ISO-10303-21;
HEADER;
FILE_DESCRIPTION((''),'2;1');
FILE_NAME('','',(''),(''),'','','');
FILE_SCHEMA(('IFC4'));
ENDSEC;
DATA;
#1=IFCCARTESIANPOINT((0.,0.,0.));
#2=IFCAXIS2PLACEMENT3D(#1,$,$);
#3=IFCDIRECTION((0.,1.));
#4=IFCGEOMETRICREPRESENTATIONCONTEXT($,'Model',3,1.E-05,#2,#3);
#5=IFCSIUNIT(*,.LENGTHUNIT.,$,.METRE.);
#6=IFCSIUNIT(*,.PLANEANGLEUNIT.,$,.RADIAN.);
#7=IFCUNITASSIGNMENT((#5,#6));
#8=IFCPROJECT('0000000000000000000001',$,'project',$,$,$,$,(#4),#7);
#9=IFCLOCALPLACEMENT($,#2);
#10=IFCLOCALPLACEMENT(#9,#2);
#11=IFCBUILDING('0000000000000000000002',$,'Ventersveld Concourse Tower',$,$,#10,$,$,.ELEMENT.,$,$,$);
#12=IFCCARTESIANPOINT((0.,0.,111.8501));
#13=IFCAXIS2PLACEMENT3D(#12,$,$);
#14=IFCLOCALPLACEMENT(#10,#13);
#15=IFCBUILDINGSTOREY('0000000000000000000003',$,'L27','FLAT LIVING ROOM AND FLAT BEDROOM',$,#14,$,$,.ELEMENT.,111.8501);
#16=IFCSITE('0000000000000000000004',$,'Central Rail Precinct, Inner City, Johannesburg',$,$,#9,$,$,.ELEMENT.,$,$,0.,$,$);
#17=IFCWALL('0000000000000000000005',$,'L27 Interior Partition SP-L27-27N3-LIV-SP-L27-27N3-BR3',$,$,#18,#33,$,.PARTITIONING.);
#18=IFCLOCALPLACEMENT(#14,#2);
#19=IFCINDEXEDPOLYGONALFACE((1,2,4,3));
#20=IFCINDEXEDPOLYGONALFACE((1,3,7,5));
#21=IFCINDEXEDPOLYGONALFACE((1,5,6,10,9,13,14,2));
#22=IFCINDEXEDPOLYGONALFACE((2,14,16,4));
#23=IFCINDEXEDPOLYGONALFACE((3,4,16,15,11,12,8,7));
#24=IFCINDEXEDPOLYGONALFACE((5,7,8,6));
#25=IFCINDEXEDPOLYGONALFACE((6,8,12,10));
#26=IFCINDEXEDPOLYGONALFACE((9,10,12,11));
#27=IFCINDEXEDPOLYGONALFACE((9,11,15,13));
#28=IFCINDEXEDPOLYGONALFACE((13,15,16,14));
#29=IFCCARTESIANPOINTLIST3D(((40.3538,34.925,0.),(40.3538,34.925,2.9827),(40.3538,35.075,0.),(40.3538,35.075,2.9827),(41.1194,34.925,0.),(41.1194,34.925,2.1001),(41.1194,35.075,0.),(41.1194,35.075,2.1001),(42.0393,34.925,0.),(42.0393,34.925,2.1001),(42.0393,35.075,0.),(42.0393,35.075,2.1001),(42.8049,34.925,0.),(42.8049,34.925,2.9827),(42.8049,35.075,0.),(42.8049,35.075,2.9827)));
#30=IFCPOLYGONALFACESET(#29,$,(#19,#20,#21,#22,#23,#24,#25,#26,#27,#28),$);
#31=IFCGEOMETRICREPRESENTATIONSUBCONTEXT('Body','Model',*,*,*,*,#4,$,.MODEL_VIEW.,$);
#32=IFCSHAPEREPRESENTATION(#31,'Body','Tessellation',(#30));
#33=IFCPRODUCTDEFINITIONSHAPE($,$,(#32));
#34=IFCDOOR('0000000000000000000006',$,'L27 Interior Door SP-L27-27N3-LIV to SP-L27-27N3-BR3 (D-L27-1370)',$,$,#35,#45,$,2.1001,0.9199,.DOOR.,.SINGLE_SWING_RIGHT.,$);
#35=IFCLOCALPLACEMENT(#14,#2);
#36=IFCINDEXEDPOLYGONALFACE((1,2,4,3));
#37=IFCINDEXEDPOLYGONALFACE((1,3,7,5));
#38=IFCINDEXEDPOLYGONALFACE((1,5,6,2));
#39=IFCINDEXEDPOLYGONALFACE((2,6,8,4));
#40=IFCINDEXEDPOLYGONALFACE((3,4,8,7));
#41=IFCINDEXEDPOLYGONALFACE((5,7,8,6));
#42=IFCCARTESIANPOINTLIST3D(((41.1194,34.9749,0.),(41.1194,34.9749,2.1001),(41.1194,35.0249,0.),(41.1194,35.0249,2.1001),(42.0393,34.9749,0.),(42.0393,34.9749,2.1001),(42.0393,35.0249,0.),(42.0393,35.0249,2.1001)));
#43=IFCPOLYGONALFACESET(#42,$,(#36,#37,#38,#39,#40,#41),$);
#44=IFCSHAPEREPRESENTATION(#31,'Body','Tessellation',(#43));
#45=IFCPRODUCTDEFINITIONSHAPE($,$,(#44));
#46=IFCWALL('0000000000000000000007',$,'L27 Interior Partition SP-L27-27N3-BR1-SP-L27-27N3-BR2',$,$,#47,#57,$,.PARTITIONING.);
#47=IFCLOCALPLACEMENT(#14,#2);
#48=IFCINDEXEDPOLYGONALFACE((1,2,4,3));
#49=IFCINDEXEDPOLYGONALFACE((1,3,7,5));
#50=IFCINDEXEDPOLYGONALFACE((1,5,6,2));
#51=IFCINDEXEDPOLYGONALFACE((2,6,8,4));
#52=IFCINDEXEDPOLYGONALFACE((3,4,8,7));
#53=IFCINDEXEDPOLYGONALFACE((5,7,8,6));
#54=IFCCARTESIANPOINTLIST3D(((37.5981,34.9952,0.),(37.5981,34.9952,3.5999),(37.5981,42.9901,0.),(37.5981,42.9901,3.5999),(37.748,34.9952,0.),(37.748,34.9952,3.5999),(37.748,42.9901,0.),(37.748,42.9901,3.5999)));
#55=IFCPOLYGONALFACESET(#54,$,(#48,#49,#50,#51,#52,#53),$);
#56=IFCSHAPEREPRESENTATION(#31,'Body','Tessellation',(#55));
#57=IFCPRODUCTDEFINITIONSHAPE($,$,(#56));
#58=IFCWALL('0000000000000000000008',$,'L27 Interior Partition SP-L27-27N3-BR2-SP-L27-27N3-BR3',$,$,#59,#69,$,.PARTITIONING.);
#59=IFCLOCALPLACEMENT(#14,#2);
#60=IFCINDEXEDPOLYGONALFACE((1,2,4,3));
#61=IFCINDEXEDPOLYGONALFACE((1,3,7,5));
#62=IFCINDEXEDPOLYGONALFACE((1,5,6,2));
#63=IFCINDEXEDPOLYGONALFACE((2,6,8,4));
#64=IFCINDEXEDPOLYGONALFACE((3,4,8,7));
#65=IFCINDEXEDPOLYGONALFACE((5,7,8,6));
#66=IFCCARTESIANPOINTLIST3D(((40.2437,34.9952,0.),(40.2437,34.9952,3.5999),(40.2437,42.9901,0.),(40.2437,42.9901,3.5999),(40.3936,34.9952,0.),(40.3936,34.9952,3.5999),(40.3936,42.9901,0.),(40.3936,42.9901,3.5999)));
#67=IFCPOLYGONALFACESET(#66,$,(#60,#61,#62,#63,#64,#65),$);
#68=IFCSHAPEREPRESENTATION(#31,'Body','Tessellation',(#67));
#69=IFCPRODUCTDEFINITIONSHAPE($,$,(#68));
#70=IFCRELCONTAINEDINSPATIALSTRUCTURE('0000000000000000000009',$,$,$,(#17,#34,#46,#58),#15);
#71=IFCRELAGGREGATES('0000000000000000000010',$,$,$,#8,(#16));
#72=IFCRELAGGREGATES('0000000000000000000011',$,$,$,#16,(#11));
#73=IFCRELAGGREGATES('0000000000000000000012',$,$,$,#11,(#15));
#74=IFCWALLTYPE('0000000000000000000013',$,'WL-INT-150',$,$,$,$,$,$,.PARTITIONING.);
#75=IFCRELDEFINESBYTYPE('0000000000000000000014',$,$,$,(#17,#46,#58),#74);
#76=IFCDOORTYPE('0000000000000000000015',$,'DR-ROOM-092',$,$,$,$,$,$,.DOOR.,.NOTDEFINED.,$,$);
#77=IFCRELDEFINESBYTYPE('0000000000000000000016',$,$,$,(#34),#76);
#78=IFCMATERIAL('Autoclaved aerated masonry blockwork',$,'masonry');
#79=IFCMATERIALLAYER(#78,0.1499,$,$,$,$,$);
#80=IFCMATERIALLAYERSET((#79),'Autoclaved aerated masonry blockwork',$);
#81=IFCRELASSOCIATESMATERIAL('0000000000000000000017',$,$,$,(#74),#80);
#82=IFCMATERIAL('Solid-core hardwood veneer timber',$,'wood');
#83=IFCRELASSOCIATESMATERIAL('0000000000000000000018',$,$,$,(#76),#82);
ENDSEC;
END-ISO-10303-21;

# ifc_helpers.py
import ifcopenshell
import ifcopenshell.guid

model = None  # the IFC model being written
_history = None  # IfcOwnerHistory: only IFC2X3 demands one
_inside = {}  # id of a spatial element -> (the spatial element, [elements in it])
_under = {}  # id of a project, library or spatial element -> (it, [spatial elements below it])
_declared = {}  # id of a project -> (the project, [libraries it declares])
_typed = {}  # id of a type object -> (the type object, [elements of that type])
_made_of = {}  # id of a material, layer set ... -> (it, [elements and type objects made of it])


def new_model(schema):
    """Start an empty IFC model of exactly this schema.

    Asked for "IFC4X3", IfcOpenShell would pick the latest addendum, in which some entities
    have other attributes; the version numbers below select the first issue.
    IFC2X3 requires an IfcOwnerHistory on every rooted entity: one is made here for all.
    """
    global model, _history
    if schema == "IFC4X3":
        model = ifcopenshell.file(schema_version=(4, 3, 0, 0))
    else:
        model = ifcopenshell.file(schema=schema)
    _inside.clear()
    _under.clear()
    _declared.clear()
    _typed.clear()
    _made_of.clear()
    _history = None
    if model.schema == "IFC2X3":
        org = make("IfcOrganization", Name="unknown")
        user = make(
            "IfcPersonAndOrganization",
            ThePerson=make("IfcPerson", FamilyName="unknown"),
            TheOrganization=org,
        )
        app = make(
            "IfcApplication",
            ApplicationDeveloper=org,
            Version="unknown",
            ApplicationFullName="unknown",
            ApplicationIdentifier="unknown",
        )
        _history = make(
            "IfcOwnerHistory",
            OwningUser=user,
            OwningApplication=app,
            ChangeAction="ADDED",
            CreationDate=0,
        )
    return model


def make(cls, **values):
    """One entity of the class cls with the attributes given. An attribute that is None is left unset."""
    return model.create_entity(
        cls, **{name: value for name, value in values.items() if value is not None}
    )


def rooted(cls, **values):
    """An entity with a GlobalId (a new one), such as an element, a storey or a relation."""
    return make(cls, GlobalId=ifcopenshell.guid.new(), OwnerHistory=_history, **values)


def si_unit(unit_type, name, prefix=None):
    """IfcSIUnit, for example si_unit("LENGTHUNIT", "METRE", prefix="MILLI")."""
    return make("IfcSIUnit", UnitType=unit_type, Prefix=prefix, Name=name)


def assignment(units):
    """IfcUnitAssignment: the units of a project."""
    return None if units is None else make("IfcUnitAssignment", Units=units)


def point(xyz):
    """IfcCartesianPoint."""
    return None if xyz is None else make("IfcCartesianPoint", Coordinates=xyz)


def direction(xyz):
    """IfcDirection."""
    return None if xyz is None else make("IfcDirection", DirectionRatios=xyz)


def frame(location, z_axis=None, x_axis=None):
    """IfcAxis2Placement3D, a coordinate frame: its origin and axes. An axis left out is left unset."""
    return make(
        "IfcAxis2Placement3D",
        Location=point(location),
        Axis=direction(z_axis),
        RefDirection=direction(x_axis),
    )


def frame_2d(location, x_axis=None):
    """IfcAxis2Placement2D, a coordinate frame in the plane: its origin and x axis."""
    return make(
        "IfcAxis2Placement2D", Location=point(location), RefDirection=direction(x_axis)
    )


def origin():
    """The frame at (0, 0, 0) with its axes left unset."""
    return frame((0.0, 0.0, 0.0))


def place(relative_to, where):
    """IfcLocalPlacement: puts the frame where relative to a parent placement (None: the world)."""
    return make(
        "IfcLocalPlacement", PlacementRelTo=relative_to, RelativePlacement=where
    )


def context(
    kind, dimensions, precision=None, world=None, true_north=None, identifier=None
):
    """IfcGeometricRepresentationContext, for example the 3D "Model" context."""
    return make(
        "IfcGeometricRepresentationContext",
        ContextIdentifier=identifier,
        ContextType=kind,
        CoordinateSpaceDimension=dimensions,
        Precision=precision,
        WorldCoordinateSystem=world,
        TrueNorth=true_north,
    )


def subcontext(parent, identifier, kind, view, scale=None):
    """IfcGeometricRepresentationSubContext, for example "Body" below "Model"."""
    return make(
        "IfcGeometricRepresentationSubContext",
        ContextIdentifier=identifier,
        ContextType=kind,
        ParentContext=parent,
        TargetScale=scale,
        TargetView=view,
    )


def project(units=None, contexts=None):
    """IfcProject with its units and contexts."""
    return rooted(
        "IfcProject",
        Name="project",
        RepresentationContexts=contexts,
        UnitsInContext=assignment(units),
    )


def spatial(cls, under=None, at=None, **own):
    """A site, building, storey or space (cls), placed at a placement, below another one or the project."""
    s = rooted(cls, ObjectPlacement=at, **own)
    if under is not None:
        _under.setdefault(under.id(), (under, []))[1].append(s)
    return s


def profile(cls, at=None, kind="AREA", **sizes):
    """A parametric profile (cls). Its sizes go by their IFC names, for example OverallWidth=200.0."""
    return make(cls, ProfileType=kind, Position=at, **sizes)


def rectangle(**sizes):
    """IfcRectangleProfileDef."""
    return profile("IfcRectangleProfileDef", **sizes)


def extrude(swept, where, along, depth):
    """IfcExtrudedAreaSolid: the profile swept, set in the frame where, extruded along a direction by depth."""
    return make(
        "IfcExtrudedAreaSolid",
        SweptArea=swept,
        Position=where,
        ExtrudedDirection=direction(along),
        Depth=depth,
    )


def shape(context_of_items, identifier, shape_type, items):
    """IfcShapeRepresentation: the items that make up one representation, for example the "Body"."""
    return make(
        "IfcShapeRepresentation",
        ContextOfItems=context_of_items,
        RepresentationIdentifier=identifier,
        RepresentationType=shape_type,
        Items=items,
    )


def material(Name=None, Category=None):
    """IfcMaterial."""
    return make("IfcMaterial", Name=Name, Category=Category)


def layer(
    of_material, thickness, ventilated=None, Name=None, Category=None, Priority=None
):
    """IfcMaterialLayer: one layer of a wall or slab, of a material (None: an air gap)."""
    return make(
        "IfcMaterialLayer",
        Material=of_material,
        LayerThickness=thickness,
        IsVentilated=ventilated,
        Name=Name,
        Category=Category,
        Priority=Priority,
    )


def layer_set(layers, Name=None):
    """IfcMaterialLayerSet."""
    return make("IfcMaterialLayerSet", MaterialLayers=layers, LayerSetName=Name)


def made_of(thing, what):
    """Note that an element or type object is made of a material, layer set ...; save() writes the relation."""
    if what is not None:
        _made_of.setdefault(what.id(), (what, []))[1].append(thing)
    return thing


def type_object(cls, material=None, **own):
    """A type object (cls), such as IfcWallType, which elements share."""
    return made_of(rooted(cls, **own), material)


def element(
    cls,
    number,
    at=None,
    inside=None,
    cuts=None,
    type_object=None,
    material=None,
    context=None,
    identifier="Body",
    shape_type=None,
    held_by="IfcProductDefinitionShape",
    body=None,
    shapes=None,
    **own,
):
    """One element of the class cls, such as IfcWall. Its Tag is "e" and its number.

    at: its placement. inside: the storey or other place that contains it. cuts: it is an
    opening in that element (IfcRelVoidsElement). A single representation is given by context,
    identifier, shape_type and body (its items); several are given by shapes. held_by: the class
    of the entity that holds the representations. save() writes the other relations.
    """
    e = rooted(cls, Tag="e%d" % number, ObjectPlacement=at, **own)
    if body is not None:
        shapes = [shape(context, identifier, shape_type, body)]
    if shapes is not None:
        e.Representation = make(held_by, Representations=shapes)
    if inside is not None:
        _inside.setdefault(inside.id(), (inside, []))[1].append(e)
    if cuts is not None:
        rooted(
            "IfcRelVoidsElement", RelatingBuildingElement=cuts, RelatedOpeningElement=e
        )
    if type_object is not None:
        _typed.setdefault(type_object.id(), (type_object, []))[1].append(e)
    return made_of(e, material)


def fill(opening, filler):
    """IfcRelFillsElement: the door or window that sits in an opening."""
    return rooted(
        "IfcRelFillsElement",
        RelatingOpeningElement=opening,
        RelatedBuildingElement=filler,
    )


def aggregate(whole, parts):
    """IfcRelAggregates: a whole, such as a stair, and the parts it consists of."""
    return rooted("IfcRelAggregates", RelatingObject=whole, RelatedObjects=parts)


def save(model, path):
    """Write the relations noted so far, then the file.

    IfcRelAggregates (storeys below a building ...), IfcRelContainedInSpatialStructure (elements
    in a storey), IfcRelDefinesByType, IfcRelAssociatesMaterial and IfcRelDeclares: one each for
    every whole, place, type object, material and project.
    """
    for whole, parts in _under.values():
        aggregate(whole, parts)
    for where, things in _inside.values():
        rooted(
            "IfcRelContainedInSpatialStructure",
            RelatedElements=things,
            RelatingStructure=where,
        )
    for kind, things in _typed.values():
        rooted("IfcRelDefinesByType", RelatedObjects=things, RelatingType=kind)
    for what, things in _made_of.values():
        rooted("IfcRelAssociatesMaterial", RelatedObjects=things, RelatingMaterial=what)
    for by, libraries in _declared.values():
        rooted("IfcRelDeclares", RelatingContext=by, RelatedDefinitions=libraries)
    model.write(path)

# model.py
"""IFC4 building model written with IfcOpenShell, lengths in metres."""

from ifc_helpers import new_model, si_unit, direction, frame, frame_2d, origin, place, context, subcontext, project, spatial, rectangle, extrude, material, layer, layer_set, type_object, element, fill, save


model = new_model("IFC4")

# Units and contexts
model_context = context("Model", 3, precision=1e-05, world=origin(), true_north=direction((0.0, 1.0)))
body_context = subcontext(model_context, "Body", "Model", "MODEL_VIEW")
ifc_project = project(units=[si_unit("LENGTHUNIT", "METRE"), si_unit("PLANEANGLEUNIT", "RADIAN")], contexts=[model_context])

# Site, building, storey
site_placement = place(None, origin())
site = spatial("IfcSite", under=ifc_project, at=site_placement, Name="Central Rail Precinct, Inner City, Johannesburg", CompositionType="ELEMENT", RefElevation=0.0)
building_placement = place(site_placement, origin())
building = spatial("IfcBuilding", under=site, at=building_placement, Name="Ventersveld Concourse Tower", CompositionType="ELEMENT")
storey_placement = place(building_placement, frame((0.0, 0.0, 111.8501)))
storey = spatial("IfcBuildingStorey", under=building, at=storey_placement, Name="L27", Description="FLAT LIVING ROOM AND FLAT BEDROOM", CompositionType="ELEMENT", Elevation=111.8501)

# Shared definitions
ifc_material_1 = material(Name="Autoclaved aerated masonry blockwork", Category="masonry")
ifc_layer_1 = layer(ifc_material_1, 0.1499)
ifc_layer_set_1 = layer_set([ifc_layer_1], Name="Autoclaved aerated masonry blockwork")
wall_type_1 = type_object("IfcWallType", Name="WL-INT-150", PredefinedType="PARTITIONING", material=ifc_layer_set_1)

# Shared definitions
ifc_material_2 = material(Name="Solid-core hardwood veneer timber", Category="wood")
door_type = type_object("IfcDoorType", Name="DR-ROOM-092", OperationType="NOTDEFINED", PredefinedType="DOOR", material=ifc_material_2)

# Wall, opening, door
wall_1_placement = place(storey_placement, frame((40.3538, 35.0, 0.0), z_axis=(0.0, 0.0, 1.0), x_axis=(1.0, 0.0, 0.0)))
wall_1 = element("IfcWall", 1, at=wall_1_placement, inside=storey, type_object=wall_type_1, Name="L27 Interior Partition SP-L27-27N3-LIV-SP-L27-27N3-BR3", PredefinedType="PARTITIONING", context=body_context, shape_type="SweptSolid", body=[
    extrude(rectangle(XDim=2.4512, YDim=0.1499, at=frame_2d((1.2256, 0.0))), origin(), (0.0, 0.0, 1.0), 2.9827),
])
opening_1_placement = place(wall_1_placement, frame((0.7656, 0.0, 0.0)))
opening_1 = element("IfcOpeningElement", 2, at=opening_1_placement, cuts=wall_1, PredefinedType="OPENING", context=body_context, shape_type="SweptSolid", body=[
    extrude(rectangle(XDim=0.9199, YDim=2.1001, at=frame_2d((0.46, 1.05))), frame((0.0, 0.085, 0.0), z_axis=(0.0, -1.0, 0.0), x_axis=(1.0, 0.0, 0.0)), (0.0, 0.0, 1.0), 0.1699),
])
door_1_placement = place(opening_1_placement, origin())
door_1 = element("IfcDoor", 3, at=door_1_placement, inside=storey, type_object=door_type, Name="L27 Interior Door SP-L27-27N3-LIV to SP-L27-27N3-BR3 (D-L27-1370)", OperationType="SINGLE_SWING_RIGHT", OverallHeight=2.1001, OverallWidth=0.9199, PredefinedType="DOOR", context=body_context, shape_type="SweptSolid", body=[
    extrude(rectangle(XDim=0.9199, YDim=2.1001, at=frame_2d((0.46, 1.05))), frame((0.0, 0.0249, 0.0), z_axis=(0.0, -1.0, 0.0), x_axis=(1.0, 0.0, 0.0)), (0.0, 0.0, 1.0), 0.05),
])
fill(opening_1, door_1)

# Walls
for number, where, z_axis, x_axis, name in (
    (4, (37.6731, 34.9951, 0.0), (0.0, 0.0, 1.0), (0.0, 1.0, 0.0), "L27 Interior Partition SP-L27-27N3-BR1-SP-L27-27N3-BR2"),
    (5, (40.3186, 34.9951, 0.0), (0.0, 0.0, 1.0), (0.0, 1.0, 0.0), "L27 Interior Partition SP-L27-27N3-BR2-SP-L27-27N3-BR3"),
):
    element("IfcWall", number, at=place(storey_placement, frame(where, z_axis=z_axis, x_axis=x_axis)), inside=storey, type_object=wall_type_1, Name=name, PredefinedType="PARTITIONING", context=body_context, shape_type="SweptSolid", body=[
        extrude(rectangle(XDim=7.9949, YDim=0.1499, at=frame_2d((3.9976, 0.0))), origin(), (0.0, 0.0, 1.0), 3.5999),
    ])

save(model, "model.ifc")
